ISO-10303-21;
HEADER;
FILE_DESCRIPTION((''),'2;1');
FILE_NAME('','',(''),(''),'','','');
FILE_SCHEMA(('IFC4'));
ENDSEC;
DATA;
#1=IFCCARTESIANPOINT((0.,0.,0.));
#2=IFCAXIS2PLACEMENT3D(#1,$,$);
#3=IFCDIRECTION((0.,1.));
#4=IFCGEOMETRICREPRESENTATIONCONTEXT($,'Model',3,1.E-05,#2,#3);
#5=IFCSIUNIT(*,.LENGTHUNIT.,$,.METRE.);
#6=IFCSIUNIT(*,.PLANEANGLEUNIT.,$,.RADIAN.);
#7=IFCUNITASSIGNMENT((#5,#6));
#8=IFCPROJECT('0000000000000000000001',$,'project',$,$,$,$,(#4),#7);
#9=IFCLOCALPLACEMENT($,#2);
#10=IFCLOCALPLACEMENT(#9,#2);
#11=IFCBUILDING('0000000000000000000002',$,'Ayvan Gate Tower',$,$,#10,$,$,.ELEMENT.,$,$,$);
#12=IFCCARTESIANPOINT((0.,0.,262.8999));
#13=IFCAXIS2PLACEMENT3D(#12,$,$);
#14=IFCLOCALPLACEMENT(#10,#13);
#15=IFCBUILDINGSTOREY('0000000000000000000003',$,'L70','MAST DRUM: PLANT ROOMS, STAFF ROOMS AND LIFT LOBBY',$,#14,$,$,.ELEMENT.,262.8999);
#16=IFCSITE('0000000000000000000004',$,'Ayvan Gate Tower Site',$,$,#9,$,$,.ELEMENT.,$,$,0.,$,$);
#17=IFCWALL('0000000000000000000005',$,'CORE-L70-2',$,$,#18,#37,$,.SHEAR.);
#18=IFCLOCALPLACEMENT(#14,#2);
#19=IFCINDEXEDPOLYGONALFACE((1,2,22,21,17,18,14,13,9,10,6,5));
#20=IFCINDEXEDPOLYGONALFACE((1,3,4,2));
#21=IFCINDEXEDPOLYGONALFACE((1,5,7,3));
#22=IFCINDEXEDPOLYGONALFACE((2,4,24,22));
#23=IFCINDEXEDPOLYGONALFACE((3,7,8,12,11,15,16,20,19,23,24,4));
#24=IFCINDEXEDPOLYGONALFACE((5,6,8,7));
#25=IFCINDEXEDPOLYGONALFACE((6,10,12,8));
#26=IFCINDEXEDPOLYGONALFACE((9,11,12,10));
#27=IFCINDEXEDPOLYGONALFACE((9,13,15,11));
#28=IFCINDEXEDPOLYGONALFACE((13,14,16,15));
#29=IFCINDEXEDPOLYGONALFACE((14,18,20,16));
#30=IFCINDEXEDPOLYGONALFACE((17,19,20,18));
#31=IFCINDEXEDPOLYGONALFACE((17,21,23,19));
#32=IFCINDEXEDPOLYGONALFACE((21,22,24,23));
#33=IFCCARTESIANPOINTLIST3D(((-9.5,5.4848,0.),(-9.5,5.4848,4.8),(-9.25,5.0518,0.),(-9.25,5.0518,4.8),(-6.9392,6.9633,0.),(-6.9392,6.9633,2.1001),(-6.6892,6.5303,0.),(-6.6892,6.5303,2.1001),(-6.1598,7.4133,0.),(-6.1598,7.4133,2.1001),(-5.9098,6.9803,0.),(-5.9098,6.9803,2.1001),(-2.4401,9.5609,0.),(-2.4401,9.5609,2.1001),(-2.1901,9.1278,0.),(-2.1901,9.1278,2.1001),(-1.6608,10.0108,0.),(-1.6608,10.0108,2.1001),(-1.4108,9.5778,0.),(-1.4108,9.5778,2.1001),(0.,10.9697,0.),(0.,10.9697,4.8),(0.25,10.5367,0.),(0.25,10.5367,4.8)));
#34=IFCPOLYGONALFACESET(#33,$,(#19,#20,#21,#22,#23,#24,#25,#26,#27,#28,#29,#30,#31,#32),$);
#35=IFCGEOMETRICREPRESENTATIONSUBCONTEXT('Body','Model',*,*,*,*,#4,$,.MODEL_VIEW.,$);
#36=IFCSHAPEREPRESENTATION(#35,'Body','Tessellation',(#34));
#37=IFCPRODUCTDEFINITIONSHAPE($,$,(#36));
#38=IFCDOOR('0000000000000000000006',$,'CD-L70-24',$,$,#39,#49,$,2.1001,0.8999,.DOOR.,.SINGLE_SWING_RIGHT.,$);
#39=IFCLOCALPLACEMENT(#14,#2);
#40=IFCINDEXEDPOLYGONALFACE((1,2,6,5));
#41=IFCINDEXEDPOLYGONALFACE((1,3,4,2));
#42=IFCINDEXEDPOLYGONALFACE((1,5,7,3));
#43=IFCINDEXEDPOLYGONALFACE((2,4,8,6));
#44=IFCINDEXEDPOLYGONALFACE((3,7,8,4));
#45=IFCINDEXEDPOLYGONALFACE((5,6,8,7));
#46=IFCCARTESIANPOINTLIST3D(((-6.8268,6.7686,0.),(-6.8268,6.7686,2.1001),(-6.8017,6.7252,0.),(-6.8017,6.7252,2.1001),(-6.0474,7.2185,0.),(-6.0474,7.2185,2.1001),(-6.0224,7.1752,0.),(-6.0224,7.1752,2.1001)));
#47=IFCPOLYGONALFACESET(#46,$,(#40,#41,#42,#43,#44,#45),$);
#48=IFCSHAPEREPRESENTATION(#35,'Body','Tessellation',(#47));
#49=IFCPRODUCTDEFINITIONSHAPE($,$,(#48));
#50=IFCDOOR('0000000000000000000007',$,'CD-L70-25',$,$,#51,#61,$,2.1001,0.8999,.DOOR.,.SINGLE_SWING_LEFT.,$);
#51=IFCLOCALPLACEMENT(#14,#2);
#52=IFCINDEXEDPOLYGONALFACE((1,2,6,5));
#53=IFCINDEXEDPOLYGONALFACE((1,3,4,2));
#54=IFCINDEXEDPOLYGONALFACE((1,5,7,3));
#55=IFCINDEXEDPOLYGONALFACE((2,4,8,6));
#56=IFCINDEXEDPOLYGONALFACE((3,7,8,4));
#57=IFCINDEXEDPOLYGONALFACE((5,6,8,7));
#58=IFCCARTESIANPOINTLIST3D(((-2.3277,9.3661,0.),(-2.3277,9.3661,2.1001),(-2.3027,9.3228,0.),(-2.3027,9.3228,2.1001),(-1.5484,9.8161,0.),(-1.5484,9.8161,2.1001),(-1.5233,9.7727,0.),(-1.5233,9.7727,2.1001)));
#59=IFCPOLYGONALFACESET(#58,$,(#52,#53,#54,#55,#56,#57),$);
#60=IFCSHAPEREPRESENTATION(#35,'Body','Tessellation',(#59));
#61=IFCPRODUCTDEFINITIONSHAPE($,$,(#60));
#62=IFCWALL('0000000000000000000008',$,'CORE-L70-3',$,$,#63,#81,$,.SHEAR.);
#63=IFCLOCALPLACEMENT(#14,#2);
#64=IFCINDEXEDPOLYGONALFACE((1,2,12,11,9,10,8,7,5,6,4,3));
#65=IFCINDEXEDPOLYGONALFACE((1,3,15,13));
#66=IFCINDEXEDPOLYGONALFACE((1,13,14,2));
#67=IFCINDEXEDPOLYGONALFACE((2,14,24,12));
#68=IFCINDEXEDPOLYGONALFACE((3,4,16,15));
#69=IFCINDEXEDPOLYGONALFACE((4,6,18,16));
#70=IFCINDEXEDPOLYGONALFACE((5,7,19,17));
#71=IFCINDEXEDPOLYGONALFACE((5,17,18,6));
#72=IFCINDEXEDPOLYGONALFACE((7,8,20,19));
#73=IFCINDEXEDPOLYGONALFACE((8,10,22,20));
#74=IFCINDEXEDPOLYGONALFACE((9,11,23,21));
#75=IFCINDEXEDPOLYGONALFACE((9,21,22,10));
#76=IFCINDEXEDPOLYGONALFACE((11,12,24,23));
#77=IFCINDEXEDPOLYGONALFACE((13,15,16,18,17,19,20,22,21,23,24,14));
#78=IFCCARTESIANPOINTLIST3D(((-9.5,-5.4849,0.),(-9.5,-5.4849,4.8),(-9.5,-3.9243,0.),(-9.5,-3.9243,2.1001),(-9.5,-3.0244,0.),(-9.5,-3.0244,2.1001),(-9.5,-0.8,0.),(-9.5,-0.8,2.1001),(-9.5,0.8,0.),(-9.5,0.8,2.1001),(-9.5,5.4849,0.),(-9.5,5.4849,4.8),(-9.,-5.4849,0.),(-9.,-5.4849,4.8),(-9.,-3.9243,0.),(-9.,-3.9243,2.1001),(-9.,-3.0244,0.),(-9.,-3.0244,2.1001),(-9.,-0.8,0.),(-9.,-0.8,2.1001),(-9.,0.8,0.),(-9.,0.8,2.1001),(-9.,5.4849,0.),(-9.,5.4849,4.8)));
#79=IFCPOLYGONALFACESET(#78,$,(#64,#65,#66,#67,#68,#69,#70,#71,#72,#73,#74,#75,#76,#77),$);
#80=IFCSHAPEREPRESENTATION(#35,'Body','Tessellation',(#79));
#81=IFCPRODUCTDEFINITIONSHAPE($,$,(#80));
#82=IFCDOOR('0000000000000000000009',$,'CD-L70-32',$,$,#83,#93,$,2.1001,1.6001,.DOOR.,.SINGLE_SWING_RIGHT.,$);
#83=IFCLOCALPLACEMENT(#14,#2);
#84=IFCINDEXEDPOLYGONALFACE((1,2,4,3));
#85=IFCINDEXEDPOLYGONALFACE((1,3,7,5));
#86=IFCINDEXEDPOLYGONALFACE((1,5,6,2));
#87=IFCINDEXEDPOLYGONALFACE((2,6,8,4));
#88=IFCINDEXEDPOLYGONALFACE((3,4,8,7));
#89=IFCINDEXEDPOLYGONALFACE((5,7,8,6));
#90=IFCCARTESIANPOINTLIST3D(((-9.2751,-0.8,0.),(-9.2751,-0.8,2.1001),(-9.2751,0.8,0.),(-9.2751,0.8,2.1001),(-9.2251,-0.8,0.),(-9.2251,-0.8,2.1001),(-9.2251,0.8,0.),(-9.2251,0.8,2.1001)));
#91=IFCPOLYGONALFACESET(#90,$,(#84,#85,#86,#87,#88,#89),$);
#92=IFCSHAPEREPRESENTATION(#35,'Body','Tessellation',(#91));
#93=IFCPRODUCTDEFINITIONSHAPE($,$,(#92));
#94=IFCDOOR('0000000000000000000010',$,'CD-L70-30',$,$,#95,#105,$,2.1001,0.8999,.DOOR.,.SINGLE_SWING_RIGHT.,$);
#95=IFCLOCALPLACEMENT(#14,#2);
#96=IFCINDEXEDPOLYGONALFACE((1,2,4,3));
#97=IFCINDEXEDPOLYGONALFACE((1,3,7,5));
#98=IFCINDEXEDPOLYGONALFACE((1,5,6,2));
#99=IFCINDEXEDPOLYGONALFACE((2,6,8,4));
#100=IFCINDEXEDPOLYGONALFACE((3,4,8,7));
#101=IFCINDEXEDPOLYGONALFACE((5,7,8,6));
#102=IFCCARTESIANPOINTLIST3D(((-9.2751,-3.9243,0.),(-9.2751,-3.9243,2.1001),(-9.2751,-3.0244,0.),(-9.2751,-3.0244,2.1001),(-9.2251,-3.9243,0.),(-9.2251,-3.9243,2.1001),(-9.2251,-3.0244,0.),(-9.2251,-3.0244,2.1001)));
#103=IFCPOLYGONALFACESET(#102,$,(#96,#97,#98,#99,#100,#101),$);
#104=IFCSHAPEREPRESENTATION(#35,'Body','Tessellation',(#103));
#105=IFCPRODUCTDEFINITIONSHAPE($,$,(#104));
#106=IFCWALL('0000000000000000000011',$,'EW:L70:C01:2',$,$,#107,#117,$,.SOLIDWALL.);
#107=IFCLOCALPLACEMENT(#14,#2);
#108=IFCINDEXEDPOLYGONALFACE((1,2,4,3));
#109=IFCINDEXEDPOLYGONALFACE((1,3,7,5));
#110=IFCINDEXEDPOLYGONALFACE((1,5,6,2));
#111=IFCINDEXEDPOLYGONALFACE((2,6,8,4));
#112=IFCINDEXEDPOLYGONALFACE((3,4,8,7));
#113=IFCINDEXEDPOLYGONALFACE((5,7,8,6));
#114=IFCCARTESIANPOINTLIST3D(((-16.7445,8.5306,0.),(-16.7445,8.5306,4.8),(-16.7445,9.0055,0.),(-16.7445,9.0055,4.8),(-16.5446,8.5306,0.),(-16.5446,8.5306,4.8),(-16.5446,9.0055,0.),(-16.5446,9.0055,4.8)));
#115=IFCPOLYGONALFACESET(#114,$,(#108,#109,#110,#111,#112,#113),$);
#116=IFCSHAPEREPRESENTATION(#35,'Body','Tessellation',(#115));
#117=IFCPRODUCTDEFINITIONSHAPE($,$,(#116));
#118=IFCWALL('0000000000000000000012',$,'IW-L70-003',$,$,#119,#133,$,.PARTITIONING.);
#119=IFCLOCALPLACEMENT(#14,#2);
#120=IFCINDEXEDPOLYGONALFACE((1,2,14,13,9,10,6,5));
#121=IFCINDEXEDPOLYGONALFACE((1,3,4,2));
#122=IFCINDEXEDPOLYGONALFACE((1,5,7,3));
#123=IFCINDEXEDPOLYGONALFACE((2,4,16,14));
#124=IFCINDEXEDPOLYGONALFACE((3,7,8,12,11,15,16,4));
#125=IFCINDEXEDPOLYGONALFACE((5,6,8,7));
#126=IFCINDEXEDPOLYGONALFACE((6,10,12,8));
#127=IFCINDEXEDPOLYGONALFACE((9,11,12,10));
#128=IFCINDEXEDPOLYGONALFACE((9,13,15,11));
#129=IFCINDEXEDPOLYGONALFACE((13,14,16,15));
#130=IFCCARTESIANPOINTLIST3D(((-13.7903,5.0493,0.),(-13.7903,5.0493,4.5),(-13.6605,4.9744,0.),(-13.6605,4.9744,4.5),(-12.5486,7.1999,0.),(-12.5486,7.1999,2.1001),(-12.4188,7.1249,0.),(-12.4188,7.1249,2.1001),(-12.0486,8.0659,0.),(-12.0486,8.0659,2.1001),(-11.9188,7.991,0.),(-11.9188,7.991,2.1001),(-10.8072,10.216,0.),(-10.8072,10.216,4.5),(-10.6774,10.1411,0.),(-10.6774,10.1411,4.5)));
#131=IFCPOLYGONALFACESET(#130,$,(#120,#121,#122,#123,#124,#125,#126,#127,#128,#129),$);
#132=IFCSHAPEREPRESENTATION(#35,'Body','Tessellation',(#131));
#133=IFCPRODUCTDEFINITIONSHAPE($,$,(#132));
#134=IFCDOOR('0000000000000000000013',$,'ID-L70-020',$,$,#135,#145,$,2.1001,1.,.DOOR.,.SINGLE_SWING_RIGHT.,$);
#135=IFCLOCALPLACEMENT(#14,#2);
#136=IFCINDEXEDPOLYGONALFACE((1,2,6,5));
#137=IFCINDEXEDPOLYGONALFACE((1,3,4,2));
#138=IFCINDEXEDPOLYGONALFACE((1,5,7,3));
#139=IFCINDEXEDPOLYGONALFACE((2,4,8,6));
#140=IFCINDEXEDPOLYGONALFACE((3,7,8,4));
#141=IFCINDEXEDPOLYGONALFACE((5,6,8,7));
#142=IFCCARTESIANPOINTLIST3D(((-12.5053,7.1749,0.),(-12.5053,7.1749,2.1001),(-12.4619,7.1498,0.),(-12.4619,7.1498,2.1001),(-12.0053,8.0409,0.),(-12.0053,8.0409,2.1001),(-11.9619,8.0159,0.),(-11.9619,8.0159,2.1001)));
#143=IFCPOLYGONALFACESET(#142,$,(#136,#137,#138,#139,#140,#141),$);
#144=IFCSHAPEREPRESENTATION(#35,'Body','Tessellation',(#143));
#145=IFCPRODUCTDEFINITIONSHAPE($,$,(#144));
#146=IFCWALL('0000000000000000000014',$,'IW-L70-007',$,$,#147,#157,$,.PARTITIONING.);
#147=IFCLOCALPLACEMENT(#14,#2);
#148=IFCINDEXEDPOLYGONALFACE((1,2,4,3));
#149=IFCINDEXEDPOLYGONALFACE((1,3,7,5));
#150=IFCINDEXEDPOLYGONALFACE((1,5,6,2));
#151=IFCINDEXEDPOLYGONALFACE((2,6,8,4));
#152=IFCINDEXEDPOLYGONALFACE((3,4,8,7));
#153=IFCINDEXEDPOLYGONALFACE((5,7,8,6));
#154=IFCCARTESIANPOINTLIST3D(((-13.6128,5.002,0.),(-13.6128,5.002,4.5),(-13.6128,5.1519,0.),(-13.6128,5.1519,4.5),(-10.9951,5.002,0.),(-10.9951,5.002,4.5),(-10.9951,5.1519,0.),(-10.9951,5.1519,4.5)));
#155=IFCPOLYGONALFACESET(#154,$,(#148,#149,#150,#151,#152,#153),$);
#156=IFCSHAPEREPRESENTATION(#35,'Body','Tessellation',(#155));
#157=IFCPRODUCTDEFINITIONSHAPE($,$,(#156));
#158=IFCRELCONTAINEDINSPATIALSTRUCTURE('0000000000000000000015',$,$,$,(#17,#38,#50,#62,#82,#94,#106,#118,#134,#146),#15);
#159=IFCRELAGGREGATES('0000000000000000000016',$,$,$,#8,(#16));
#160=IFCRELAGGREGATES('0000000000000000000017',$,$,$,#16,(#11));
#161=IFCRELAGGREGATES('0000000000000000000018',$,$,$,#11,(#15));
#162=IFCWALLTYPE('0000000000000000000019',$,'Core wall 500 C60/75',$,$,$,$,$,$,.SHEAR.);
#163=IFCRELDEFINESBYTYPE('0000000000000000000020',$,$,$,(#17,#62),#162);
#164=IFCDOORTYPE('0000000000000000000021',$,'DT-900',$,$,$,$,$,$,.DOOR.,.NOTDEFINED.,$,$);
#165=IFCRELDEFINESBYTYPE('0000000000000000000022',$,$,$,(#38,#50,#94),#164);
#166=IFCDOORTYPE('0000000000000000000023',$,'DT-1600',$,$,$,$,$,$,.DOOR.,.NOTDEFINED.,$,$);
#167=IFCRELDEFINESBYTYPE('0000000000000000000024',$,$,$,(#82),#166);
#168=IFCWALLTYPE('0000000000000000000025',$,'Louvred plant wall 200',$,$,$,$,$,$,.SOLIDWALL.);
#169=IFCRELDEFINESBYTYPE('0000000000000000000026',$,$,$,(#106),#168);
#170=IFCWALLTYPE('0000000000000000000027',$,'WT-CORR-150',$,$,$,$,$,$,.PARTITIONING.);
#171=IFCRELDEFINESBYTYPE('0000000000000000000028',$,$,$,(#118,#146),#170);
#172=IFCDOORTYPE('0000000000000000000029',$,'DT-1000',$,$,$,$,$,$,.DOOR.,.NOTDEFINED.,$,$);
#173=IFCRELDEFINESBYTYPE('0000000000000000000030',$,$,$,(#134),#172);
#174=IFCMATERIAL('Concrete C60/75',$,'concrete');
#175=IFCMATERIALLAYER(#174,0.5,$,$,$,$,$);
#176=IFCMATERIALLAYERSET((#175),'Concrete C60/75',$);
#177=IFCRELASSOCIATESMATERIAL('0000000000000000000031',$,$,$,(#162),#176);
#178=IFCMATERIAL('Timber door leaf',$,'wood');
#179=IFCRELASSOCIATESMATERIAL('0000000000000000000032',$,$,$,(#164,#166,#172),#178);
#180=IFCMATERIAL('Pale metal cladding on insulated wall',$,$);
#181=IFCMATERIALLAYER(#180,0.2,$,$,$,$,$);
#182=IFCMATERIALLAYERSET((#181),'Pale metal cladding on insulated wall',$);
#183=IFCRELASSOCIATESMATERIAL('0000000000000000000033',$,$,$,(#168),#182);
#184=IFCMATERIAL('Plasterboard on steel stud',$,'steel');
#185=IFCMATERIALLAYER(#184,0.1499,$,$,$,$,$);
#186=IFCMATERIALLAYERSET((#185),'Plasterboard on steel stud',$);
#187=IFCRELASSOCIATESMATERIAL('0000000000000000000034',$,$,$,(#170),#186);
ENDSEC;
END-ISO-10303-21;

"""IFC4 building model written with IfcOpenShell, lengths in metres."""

from ifc_helpers import new_model, si_unit, direction, frame, frame_2d, origin, place, context, subcontext, project, spatial, rectangle, extrude, material, layer, layer_set, type_object, element, fill, save


model = new_model("IFC4")

# Units and contexts
model_context = context("Model", 3, precision=1e-05, world=origin(), true_north=direction((0.0, 1.0)))
body_context = subcontext(model_context, "Body", "Model", "MODEL_VIEW")
ifc_project = project(units=[si_unit("LENGTHUNIT", "METRE"), si_unit("PLANEANGLEUNIT", "RADIAN")], contexts=[model_context])

# Site, building, storey
site_placement = place(None, origin())
site = spatial("IfcSite", under=ifc_project, at=site_placement, Name="Ayvan Gate Tower Site", CompositionType="ELEMENT", RefElevation=0.0)
building_placement = place(site_placement, origin())
building = spatial("IfcBuilding", under=site, at=building_placement, Name="Ayvan Gate Tower", CompositionType="ELEMENT")
storey_placement = place(building_placement, frame((0.0, 0.0, 262.8999)))
storey = spatial("IfcBuildingStorey", under=building, at=storey_placement, Name="L70", Description="MAST DRUM: PLANT ROOMS, STAFF ROOMS AND LIFT LOBBY", CompositionType="ELEMENT", Elevation=262.8999)

# Walls, openings, doors
ifc_material_1 = material(Name="Concrete C60/75", Category="concrete")
ifc_layer_1 = layer(ifc_material_1, 0.5)
ifc_layer_set_1 = layer_set([ifc_layer_1], Name="Concrete C60/75")
wall_type_1 = type_object("IfcWallType", Name="Core wall 500 C60/75", PredefinedType="SHEAR", material=ifc_layer_set_1)
wall_1_placement = place(storey_placement, frame((0.125, 10.7532, 0.0), z_axis=(0.0, 0.0, 1.0), x_axis=(-0.866024, -0.500002, 0.0)))
wall_1 = element("IfcWall", 1, at=wall_1_placement, inside=storey, type_object=wall_type_1, Name="CORE-L70-2", PredefinedType="SHEAR", context=body_context, shape_type="SweptSolid", body=[
    extrude(rectangle(XDim=10.9697, YDim=0.5, at=frame_2d((5.4849, 0.0))), origin(), (0.0, 0.0, 1.0), 4.8),
])
opening_1_placement = place(wall_1_placement, frame((7.1128, 0.0, 0.0)))
opening_1 = element("IfcOpeningElement", 2, at=opening_1_placement, cuts=wall_1, PredefinedType="OPENING", context=body_context, shape_type="SweptSolid", body=[
    extrude(rectangle(XDim=0.8999, YDim=2.1001, at=frame_2d((0.45, 1.05))), frame((0.0, 0.26, 0.0), z_axis=(0.0, -1.0, 0.0), x_axis=(1.0, 0.0, 0.0)), (0.0, 0.0, 1.0), 0.52),
])
opening_2_placement = place(wall_1_placement, frame((1.9177, 0.0, 0.0)))
opening_2 = element("IfcOpeningElement", 3, at=opening_2_placement, cuts=wall_1, PredefinedType="OPENING", context=body_context, shape_type="SweptSolid", body=[
    extrude(rectangle(XDim=0.8999, YDim=2.1001, at=frame_2d((0.45, 1.05))), frame((0.0, 0.26, 0.0), z_axis=(0.0, -1.0, 0.0), x_axis=(1.0, 0.0, 0.0)), (0.0, 0.0, 1.0), 0.52),
])
ifc_material_2 = material(Name="Timber door leaf", Category="wood")
door_type_1 = type_object("IfcDoorType", Name="DT-900", OperationType="NOTDEFINED", PredefinedType="DOOR", material=ifc_material_2)
door_1_placement = place(opening_1_placement, origin())
door_1 = element("IfcDoor", 4, at=door_1_placement, inside=storey, type_object=door_type_1, Name="CD-L70-24", OperationType="SINGLE_SWING_RIGHT", OverallHeight=2.1001, OverallWidth=0.8999, PredefinedType="DOOR", context=body_context, shape_type="SweptSolid", body=[
    extrude(rectangle(XDim=0.8999, YDim=2.1001, at=frame_2d((0.45, 1.05))), frame((0.0, 0.0249, 0.0), z_axis=(0.0, -1.0, 0.0), x_axis=(1.0, 0.0, 0.0)), (0.0, 0.0, 1.0), 0.05),
])
fill(opening_1, door_1)
door_2_placement = place(opening_2_placement, origin())
door_2 = element("IfcDoor", 5, at=door_2_placement, inside=storey, type_object=door_type_1, Name="CD-L70-25", OperationType="SINGLE_SWING_LEFT", OverallHeight=2.1001, OverallWidth=0.8999, PredefinedType="DOOR", context=body_context, shape_type="SweptSolid", body=[
    extrude(rectangle(XDim=0.8999, YDim=2.1001, at=frame_2d((0.45, 1.05))), frame((0.0, 0.0249, 0.0), z_axis=(0.0, -1.0, 0.0), x_axis=(1.0, 0.0, 0.0)), (0.0, 0.0, 1.0), 0.05),
])
fill(opening_2, door_2)
wall_2_placement = place(storey_placement, frame((-9.25, 5.4849, 0.0), z_axis=(0.0, 0.0, 1.0), x_axis=(0.0, -1.0, 0.0)))
wall_2 = element("IfcWall", 6, at=wall_2_placement, inside=storey, type_object=wall_type_1, Name="CORE-L70-3", PredefinedType="SHEAR", context=body_context, shape_type="SweptSolid", body=[
    extrude(rectangle(XDim=10.9697, YDim=0.5, at=frame_2d((5.4849, 0.0))), origin(), (0.0, 0.0, 1.0), 4.8),
])
opening_3_placement = place(wall_2_placement, frame((8.5093, 0.0, 0.0)))
opening_3 = element("IfcOpeningElement", 7, at=opening_3_placement, cuts=wall_2, PredefinedType="OPENING", context=body_context, shape_type="SweptSolid", body=[
    extrude(rectangle(XDim=0.8999, YDim=2.1001, at=frame_2d((0.45, 1.05))), frame((0.0, 0.26, 0.0), z_axis=(0.0, -1.0, 0.0), x_axis=(1.0, 0.0, 0.0)), (0.0, 0.0, 1.0), 0.52),
])
opening_4_placement = place(wall_2_placement, frame((4.6848, 0.0, 0.0)))
opening_4 = element("IfcOpeningElement", 8, at=opening_4_placement, cuts=wall_2, PredefinedType="OPENING", context=body_context, shape_type="SweptSolid", body=[
    extrude(rectangle(XDim=1.6001, YDim=2.1001, at=frame_2d((0.8, 1.05))), frame((0.0, 0.26, 0.0), z_axis=(0.0, -1.0, 0.0), x_axis=(1.0, 0.0, 0.0)), (0.0, 0.0, 1.0), 0.52),
])
door_type_2 = type_object("IfcDoorType", Name="DT-1600", OperationType="NOTDEFINED", PredefinedType="DOOR", material=ifc_material_2)
door_3_placement = place(opening_4_placement, origin())
door_3 = element("IfcDoor", 9, at=door_3_placement, inside=storey, type_object=door_type_2, Name="CD-L70-32", OperationType="SINGLE_SWING_RIGHT", OverallHeight=2.1001, OverallWidth=1.6001, PredefinedType="DOOR", context=body_context, shape_type="SweptSolid", body=[
    extrude(rectangle(XDim=1.6001, YDim=2.1001, at=frame_2d((0.8, 1.05))), frame((0.0, 0.0249, 0.0), z_axis=(0.0, -1.0, 0.0), x_axis=(1.0, 0.0, 0.0)), (0.0, 0.0, 1.0), 0.05),
])
fill(opening_4, door_3)
door_4_placement = place(opening_3_placement, origin())
door_4 = element("IfcDoor", 10, at=door_4_placement, inside=storey, type_object=door_type_1, Name="CD-L70-30", OperationType="SINGLE_SWING_RIGHT", OverallHeight=2.1001, OverallWidth=0.8999, PredefinedType="DOOR", context=body_context, shape_type="SweptSolid", body=[
    extrude(rectangle(XDim=0.8999, YDim=2.1001, at=frame_2d((0.45, 1.05))), frame((0.0, 0.0249, 0.0), z_axis=(0.0, -1.0, 0.0), x_axis=(1.0, 0.0, 0.0)), (0.0, 0.0, 1.0), 0.05),
])
fill(opening_3, door_4)

# Wall
ifc_material_3 = material(Name="Pale metal cladding on insulated wall")
ifc_layer_2 = layer(ifc_material_3, 0.2)
ifc_layer_set_2 = layer_set([ifc_layer_2], Name="Pale metal cladding on insulated wall")
wall_type_2 = type_object("IfcWallType", Name="Louvred plant wall 200", PredefinedType="SOLIDWALL", material=ifc_layer_set_2)
wall_3_placement = place(storey_placement, frame((-16.6445, 9.0054, 0.0), z_axis=(0.0, 0.0, 1.0), x_axis=(0.0, -1.0, 0.0)))
element("IfcWall", 11, at=wall_3_placement, inside=storey, type_object=wall_type_2, Name="EW:L70:C01:2", PredefinedType="SOLIDWALL", context=body_context, shape_type="SweptSolid", body=[
    extrude(rectangle(XDim=0.4749, YDim=0.2, at=frame_2d((0.2373, 0.0))), origin(), (0.0, 0.0, 1.0), 4.8),
])

# Wall, opening, door
ifc_material_4 = material(Name="Plasterboard on steel stud", Category="steel")
ifc_layer_3 = layer(ifc_material_4, 0.1499)
ifc_layer_set_3 = layer_set([ifc_layer_3], Name="Plasterboard on steel stud")
wall_type_3 = type_object("IfcWallType", Name="WT-CORR-150", PredefinedType="PARTITIONING", material=ifc_layer_set_3)
wall_4_placement = place(storey_placement, frame((-13.7253, 5.012, 0.0), z_axis=(0.0, 0.0, 1.0), x_axis=(0.500016, 0.866016, 0.0)))
wall_4 = element("IfcWall", 12, at=wall_4_placement, inside=storey, type_object=wall_type_3, Name="IW-L70-003", PredefinedType="PARTITIONING", context=body_context, shape_type="SweptSolid", body=[
    extrude(rectangle(XDim=5.9661, YDim=0.1499, at=frame_2d((2.9829, 0.0))), origin(), (0.0, 0.0, 1.0), 4.5),
])
opening_5_placement = place(wall_4_placement, frame((2.4832, 0.0, 0.0)))
opening_5 = element("IfcOpeningElement", 13, at=opening_5_placement, cuts=wall_4, PredefinedType="OPENING", context=body_context, shape_type="SweptSolid", body=[
    extrude(rectangle(XDim=1.0, YDim=2.1001, at=frame_2d((0.5, 1.05))), frame((0.0, 0.085, 0.0), z_axis=(0.0, -1.0, 0.0), x_axis=(1.0, 0.0, 0.0)), (0.0, 0.0, 1.0), 0.1699),
])
door_type_3 = type_object("IfcDoorType", Name="DT-1000", OperationType="NOTDEFINED", PredefinedType="DOOR", material=ifc_material_2)
door_5_placement = place(opening_5_placement, origin())
door_5 = element("IfcDoor", 14, at=door_5_placement, inside=storey, type_object=door_type_3, Name="ID-L70-020", OperationType="SINGLE_SWING_RIGHT", OverallHeight=2.1001, OverallWidth=1.0, PredefinedType="DOOR", context=body_context, shape_type="SweptSolid", body=[
    extrude(rectangle(XDim=1.0, YDim=2.1001, at=frame_2d((0.5, 1.05))), frame((0.0, 0.0249, 0.0), z_axis=(0.0, -1.0, 0.0), x_axis=(1.0, 0.0, 0.0)), (0.0, 0.0, 1.0), 0.05),
])
fill(opening_5, door_5)

# Wall
wall_5_placement = place(storey_placement, frame((-10.9951, 5.0769, 0.0), z_axis=(0.0, 0.0, 1.0), x_axis=(-1.0, 0.0, 0.0)))
element("IfcWall", 15, at=wall_5_placement, inside=storey, type_object=wall_type_3, Name="IW-L70-007", PredefinedType="PARTITIONING", context=body_context, shape_type="SweptSolid", body=[
    extrude(rectangle(XDim=2.6177, YDim=0.1499, at=frame_2d((1.3088, 0.0))), origin(), (0.0, 0.0, 1.0), 4.5),
])

save(model, "model.ifc")
